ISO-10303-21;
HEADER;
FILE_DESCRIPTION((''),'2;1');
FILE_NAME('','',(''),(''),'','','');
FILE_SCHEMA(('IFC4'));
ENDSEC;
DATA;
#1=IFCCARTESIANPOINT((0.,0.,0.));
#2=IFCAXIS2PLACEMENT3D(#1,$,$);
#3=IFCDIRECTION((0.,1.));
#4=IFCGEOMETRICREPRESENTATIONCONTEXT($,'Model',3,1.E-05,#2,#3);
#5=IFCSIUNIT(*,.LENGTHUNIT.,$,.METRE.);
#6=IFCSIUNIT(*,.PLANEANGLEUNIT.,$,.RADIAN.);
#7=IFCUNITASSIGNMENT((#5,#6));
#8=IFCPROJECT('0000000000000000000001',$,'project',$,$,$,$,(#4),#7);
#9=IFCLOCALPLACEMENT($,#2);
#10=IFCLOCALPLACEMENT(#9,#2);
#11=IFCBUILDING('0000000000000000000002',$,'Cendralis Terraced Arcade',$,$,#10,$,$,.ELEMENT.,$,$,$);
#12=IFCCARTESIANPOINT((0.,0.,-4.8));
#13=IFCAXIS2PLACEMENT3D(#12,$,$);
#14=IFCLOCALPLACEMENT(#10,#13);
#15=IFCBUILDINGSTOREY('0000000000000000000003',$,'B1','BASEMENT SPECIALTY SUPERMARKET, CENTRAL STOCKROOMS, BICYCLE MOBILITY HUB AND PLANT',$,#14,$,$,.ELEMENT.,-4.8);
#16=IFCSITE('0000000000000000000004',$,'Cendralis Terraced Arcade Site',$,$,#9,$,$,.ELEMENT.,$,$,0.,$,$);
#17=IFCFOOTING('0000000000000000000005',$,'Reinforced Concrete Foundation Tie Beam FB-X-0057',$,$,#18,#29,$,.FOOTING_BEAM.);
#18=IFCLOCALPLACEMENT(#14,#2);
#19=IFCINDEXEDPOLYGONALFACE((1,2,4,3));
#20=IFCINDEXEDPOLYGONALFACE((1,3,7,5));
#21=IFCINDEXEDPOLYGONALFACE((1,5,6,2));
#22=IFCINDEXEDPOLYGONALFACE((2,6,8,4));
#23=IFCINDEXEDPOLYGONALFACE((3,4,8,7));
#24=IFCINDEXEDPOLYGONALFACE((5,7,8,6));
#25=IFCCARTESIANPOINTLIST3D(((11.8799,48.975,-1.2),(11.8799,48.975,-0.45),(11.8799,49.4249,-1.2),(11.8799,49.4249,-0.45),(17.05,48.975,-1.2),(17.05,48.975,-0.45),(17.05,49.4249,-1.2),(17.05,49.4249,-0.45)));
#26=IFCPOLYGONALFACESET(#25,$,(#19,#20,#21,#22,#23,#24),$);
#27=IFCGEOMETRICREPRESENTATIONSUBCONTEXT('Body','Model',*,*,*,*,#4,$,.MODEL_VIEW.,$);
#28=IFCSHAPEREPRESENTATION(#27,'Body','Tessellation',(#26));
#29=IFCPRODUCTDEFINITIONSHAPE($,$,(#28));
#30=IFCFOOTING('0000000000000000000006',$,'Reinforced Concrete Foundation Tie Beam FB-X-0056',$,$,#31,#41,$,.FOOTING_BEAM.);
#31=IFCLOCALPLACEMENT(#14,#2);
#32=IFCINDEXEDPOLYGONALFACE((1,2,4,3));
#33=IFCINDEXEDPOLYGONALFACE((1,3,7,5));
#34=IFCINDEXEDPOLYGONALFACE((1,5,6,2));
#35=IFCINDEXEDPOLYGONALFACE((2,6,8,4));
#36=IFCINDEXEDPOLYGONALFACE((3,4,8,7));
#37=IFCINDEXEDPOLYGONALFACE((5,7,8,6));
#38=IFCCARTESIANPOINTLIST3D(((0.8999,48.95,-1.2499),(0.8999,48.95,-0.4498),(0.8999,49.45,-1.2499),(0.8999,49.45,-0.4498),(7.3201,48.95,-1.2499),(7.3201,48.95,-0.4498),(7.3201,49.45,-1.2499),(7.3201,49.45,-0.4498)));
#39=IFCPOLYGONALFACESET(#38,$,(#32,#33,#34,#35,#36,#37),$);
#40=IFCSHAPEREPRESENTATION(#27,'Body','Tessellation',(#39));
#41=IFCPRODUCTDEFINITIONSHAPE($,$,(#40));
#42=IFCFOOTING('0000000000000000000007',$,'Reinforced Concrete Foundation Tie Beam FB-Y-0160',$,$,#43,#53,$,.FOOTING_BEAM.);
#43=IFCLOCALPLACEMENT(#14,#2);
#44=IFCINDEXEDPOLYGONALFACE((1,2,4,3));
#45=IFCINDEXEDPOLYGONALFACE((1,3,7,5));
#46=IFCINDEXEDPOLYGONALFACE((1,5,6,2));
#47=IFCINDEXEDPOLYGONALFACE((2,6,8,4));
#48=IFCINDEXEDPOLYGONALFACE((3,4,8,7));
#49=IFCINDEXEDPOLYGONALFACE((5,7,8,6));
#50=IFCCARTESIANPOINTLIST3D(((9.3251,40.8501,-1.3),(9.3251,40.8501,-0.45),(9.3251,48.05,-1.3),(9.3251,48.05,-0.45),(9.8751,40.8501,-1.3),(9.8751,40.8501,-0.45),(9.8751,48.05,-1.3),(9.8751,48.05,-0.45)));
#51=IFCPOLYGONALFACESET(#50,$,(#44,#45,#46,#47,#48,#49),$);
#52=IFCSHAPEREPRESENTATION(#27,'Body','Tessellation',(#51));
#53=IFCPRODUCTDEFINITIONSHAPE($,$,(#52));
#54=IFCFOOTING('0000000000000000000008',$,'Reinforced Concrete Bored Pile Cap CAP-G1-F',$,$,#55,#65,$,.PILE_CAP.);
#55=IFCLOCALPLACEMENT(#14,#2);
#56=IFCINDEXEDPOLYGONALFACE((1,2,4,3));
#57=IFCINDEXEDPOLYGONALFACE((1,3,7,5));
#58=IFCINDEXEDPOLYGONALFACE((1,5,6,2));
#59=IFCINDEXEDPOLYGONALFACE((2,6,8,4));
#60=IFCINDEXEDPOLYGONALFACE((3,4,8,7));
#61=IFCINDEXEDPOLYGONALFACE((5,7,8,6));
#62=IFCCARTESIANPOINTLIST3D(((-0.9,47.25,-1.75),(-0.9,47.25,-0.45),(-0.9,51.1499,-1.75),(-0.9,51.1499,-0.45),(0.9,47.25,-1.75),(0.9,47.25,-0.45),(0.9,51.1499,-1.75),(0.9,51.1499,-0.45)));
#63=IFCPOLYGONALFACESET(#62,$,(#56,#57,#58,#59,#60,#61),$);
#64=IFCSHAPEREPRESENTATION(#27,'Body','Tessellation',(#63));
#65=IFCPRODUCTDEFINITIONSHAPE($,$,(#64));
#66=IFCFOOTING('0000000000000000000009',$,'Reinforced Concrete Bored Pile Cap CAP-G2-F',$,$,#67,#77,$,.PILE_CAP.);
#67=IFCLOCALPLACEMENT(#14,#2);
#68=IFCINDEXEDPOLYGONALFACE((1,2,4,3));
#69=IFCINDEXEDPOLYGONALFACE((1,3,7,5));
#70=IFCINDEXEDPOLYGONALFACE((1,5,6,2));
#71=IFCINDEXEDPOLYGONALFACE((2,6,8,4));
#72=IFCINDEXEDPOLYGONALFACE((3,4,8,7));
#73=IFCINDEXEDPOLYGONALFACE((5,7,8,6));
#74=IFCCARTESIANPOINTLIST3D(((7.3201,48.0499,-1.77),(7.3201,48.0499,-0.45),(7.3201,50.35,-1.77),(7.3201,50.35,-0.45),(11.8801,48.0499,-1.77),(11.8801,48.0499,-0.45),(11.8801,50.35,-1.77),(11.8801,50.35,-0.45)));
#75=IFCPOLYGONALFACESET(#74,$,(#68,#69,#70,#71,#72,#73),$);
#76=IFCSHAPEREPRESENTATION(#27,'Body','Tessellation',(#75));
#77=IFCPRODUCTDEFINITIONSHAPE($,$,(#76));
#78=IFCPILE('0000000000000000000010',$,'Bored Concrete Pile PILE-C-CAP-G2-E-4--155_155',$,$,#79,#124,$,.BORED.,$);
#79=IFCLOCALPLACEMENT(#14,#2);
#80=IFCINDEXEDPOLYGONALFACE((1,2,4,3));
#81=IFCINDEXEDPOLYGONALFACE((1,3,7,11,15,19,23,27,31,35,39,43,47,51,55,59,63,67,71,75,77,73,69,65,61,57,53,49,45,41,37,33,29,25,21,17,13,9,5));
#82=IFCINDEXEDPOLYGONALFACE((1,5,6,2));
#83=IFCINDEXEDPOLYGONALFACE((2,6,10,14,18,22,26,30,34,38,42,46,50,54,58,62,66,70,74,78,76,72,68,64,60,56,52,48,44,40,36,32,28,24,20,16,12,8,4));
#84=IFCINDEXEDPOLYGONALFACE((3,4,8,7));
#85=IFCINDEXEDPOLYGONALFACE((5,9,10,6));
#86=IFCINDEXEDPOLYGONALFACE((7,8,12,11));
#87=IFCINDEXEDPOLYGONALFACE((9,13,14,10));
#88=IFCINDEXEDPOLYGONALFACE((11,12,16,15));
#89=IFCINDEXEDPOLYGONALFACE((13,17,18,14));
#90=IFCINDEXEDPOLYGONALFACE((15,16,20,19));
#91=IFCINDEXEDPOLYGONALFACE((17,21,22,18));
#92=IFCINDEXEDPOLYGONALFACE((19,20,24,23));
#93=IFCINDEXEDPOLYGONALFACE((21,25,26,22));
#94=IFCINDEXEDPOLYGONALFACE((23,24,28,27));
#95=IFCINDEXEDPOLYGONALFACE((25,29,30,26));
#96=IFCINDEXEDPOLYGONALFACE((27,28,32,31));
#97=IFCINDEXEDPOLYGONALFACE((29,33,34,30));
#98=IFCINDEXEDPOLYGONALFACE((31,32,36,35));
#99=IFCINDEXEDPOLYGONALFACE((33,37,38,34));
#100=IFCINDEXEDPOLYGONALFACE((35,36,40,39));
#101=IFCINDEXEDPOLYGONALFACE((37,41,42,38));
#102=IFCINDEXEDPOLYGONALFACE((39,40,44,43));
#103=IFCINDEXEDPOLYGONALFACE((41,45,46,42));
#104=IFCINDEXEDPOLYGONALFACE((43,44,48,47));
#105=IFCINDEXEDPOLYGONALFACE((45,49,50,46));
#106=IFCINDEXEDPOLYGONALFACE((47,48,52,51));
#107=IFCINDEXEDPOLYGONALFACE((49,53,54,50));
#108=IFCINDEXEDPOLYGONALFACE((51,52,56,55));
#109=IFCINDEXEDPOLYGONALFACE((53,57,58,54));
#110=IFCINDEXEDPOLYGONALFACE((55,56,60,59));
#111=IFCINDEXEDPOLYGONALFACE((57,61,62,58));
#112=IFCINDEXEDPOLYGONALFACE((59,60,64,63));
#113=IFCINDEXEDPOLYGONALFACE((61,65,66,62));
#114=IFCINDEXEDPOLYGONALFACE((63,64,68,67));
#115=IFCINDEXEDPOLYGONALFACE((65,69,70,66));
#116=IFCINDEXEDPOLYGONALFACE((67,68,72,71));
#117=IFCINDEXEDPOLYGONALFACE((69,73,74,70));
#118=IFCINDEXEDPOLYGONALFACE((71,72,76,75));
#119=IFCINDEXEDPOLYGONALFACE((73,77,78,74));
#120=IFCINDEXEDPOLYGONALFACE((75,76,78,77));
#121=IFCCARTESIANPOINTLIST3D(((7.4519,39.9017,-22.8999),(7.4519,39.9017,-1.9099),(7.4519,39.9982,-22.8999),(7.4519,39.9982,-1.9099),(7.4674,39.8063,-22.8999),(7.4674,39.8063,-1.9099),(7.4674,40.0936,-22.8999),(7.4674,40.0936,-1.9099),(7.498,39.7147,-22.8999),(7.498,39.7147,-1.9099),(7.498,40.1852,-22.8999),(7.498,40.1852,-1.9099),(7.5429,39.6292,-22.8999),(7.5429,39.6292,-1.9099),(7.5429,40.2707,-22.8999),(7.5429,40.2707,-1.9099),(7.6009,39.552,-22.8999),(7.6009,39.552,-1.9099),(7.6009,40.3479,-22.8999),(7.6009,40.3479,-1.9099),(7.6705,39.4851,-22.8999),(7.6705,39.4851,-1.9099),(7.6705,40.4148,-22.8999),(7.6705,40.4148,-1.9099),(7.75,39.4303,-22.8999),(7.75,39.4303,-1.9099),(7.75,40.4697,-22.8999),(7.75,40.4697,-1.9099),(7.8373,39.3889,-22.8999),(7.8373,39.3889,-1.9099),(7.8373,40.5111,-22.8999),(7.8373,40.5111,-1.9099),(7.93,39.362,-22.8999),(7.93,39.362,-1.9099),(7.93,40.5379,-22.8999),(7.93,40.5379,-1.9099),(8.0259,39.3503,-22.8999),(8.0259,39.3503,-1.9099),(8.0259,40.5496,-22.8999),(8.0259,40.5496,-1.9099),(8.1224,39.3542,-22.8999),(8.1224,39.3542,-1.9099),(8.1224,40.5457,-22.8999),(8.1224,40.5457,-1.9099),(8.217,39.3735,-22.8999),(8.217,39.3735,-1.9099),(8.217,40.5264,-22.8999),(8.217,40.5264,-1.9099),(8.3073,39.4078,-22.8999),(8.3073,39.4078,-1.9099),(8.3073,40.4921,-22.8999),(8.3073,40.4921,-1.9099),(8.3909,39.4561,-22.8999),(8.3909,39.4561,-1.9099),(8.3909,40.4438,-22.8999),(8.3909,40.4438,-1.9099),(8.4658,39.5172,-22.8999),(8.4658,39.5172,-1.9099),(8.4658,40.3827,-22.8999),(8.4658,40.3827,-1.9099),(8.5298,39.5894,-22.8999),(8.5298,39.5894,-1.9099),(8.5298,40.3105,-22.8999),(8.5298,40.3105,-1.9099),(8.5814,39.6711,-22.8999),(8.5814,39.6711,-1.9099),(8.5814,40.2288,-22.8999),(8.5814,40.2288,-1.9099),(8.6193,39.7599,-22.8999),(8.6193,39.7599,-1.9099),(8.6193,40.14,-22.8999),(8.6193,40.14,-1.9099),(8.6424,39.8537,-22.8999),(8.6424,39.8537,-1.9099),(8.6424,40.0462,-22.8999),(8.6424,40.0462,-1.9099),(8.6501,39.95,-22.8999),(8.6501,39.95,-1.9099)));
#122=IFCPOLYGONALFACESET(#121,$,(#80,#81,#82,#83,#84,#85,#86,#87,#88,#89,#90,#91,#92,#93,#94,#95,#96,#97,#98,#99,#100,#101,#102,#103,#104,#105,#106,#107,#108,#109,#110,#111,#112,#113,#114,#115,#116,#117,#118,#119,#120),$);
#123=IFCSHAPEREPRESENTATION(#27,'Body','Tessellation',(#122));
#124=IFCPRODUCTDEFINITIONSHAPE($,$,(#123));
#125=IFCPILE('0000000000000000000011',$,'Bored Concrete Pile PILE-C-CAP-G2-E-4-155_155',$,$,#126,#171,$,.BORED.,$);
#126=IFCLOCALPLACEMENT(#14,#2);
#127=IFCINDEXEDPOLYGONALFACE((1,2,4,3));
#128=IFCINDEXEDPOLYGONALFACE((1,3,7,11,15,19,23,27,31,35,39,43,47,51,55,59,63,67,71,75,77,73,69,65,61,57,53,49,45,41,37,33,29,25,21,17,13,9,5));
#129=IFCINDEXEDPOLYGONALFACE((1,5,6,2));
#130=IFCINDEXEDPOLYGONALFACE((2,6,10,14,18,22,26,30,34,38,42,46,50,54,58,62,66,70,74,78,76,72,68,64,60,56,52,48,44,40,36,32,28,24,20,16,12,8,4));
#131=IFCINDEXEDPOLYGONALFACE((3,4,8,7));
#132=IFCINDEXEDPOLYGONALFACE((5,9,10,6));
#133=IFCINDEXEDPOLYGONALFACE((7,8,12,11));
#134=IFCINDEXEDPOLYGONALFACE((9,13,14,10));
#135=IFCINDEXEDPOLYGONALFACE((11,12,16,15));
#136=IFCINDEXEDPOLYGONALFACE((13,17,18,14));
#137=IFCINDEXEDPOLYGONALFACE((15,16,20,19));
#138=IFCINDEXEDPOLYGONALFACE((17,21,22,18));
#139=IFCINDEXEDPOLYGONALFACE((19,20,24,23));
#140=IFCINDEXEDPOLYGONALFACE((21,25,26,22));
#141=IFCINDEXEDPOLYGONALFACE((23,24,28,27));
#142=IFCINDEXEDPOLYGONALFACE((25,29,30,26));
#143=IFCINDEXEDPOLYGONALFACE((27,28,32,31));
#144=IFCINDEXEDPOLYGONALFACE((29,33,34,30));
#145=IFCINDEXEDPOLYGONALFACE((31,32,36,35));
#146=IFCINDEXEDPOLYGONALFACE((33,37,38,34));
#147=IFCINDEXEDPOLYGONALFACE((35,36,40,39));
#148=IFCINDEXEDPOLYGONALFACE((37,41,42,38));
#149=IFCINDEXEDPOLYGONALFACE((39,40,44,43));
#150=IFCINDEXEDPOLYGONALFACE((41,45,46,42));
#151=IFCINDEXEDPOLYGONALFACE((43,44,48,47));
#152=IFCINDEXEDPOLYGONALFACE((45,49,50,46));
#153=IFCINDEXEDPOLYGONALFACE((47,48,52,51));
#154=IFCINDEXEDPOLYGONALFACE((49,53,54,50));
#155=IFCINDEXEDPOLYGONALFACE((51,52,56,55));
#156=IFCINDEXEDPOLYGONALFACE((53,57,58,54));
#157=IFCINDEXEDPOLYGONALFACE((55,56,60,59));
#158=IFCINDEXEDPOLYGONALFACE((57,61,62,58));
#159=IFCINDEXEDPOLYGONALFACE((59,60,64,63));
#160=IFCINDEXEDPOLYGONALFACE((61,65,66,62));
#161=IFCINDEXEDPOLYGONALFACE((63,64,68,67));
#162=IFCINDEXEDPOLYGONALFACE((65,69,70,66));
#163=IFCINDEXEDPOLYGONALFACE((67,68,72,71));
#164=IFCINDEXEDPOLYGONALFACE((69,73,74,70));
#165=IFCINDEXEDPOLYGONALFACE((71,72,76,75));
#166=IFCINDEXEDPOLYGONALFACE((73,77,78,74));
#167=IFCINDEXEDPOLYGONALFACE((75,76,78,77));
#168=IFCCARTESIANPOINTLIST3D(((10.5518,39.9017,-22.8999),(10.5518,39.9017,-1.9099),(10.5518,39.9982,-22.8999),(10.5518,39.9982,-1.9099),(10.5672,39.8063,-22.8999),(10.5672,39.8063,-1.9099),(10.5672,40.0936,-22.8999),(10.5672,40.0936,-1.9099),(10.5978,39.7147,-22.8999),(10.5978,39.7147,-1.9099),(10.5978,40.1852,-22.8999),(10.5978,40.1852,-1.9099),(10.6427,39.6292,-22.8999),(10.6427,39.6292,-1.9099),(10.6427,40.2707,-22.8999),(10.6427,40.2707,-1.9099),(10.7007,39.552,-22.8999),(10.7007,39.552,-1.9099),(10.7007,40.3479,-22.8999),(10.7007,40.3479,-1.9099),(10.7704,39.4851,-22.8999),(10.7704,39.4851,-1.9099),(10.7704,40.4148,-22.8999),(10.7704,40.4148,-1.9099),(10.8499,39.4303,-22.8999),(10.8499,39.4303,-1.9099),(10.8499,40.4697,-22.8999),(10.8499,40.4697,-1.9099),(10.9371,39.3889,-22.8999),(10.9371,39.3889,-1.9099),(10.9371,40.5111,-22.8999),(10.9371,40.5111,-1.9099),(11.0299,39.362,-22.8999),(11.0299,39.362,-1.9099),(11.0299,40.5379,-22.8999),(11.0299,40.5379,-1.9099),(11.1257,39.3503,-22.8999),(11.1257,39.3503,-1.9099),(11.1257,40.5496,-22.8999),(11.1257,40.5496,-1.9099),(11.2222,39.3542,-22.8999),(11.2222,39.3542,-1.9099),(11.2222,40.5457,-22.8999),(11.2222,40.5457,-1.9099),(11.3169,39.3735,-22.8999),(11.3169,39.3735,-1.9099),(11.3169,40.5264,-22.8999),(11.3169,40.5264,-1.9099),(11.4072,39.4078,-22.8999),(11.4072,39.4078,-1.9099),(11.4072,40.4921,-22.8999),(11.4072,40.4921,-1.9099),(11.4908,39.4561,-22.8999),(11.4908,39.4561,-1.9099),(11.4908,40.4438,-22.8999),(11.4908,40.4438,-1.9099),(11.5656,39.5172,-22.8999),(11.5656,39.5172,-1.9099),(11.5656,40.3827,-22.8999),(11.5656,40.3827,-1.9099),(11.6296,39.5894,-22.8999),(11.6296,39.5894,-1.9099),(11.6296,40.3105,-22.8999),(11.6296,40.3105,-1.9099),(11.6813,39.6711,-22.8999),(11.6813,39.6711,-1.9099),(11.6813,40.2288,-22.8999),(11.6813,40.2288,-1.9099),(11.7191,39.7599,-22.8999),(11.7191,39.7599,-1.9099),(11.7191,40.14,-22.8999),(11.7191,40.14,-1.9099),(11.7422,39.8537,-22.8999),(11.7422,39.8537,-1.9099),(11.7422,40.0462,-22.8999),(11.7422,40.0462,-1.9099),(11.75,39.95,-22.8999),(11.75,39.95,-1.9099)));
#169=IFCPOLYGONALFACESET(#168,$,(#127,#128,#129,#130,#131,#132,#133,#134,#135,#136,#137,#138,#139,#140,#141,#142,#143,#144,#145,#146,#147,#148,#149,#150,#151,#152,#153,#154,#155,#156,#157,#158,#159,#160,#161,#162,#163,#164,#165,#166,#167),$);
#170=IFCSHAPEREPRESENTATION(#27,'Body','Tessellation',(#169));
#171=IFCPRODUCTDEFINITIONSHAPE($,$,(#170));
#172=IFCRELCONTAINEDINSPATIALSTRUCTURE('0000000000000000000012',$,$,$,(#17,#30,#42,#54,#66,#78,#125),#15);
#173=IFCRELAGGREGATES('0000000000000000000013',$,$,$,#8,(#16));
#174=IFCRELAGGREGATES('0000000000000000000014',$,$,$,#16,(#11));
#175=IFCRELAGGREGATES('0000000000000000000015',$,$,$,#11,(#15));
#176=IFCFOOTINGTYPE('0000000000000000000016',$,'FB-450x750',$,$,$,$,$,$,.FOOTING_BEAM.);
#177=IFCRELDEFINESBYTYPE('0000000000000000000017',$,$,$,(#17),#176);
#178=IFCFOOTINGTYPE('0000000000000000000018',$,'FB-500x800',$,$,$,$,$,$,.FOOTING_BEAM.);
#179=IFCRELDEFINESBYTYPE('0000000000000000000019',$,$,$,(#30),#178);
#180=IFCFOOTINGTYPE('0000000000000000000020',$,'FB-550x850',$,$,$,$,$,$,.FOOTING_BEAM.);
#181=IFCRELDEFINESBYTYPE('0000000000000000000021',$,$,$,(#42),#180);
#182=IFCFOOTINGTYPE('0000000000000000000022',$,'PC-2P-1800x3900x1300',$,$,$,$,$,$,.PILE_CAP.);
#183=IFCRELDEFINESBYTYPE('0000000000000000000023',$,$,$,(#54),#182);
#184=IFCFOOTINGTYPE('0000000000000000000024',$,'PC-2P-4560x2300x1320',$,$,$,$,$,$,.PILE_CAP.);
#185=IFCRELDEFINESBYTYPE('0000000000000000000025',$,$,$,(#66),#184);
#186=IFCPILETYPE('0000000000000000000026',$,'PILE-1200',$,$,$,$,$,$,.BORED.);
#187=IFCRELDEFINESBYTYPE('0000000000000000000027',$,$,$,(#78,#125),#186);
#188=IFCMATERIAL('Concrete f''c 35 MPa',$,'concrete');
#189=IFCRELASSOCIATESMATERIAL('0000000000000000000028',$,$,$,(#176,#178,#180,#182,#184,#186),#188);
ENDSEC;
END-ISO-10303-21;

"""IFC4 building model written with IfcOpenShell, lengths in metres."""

from ifc_helpers import new_model, si_unit, direction, frame, origin, origin_2d, place, context, subcontext, project, spatial, rectangle, circle, extrude, material, material_profile, profile_set, type_object, element, save


model = new_model("IFC4")

# Units and contexts
model_context = context("Model", 3, precision=1e-05, world=origin(), true_north=direction((0.0, 1.0)))
body_context = subcontext(model_context, "Body", "Model", "MODEL_VIEW")
ifc_project = project(units=[si_unit("LENGTHUNIT", "METRE"), si_unit("PLANEANGLEUNIT", "RADIAN")], contexts=[model_context])

# Site, building, storey
site_placement = place(None, origin())
site = spatial("IfcSite", under=ifc_project, at=site_placement, Name="Cendralis Terraced Arcade Site", CompositionType="ELEMENT", RefElevation=0.0)
building_placement = place(site_placement, origin())
building = spatial("IfcBuilding", under=site, at=building_placement, Name="Cendralis Terraced Arcade", CompositionType="ELEMENT")
storey_placement = place(building_placement, frame((0.0, 0.0, -4.8)))
storey = spatial("IfcBuildingStorey", under=building, at=storey_placement, Name="B1", Description="BASEMENT SPECIALTY SUPERMARKET, CENTRAL STOCKROOMS, BICYCLE MOBILITY HUB AND PLANT", CompositionType="ELEMENT", Elevation=-4.8)

# Footings
ifc_material_1 = material(Name="Concrete f'c 35 MPa", Category="concrete")
ifc_material_profile_1 = material_profile(ifc_material_1, rectangle(XDim=0.45, YDim=0.75, at=origin_2d()), Name="FB-450x750", Category="LoadBearing")
ifc_profile_set_1 = profile_set([ifc_material_profile_1], Name="Concrete f'c 35 MPa")
footing_type_1 = type_object("IfcFootingType", Name="FB-450x750", PredefinedType="FOOTING_BEAM", material=ifc_profile_set_1)
footing_1_placement = place(storey_placement, frame((11.8799, 49.2, -0.825), z_axis=(1.0, 0.0, 0.0), x_axis=(0.0, 1.0, 0.0)))
element("IfcFooting", 1, at=footing_1_placement, inside=storey, type_object=footing_type_1, Name="Reinforced Concrete Foundation Tie Beam FB-X-0057", PredefinedType="FOOTING_BEAM", context=body_context, shape_type="SweptSolid", body=[
    extrude(rectangle(XDim=0.45, YDim=0.75, at=origin_2d()), origin(), (0.0, 0.0, 1.0), 5.1702),
])
ifc_material_profile_2 = material_profile(ifc_material_1, rectangle(XDim=0.5, YDim=0.8, at=origin_2d()), Name="FB-500x800", Category="LoadBearing")
ifc_profile_set_2 = profile_set([ifc_material_profile_2], Name="Concrete f'c 35 MPa")
footing_type_2 = type_object("IfcFootingType", Name="FB-500x800", PredefinedType="FOOTING_BEAM", material=ifc_profile_set_2)
footing_2_placement = place(storey_placement, frame((0.8999, 49.2, -0.8499), z_axis=(1.0, 0.0, 0.0), x_axis=(0.0, 1.0, 0.0)))
element("IfcFooting", 2, at=footing_2_placement, inside=storey, type_object=footing_type_2, Name="Reinforced Concrete Foundation Tie Beam FB-X-0056", PredefinedType="FOOTING_BEAM", context=body_context, shape_type="SweptSolid", body=[
    extrude(rectangle(XDim=0.5, YDim=0.8, at=origin_2d()), origin(), (0.0, 0.0, 1.0), 6.4202),
])
ifc_material_profile_3 = material_profile(ifc_material_1, rectangle(XDim=0.55, YDim=0.8501, at=origin_2d()), Name="FB-550x850", Category="LoadBearing")
ifc_profile_set_3 = profile_set([ifc_material_profile_3], Name="Concrete f'c 35 MPa")
footing_type_3 = type_object("IfcFootingType", Name="FB-550x850", PredefinedType="FOOTING_BEAM", material=ifc_profile_set_3)
footing_3_placement = place(storey_placement, frame((9.6001, 40.8501, -0.875), z_axis=(0.0, 1.0, 0.0), x_axis=(-1.0, 0.0, 0.0)))
element("IfcFooting", 3, at=footing_3_placement, inside=storey, type_object=footing_type_3, Name="Reinforced Concrete Foundation Tie Beam FB-Y-0160", PredefinedType="FOOTING_BEAM", context=body_context, shape_type="SweptSolid", body=[
    extrude(rectangle(XDim=0.55, YDim=0.8501, at=origin_2d()), origin(), (0.0, 0.0, 1.0), 7.2),
])
footing_type_4 = type_object("IfcFootingType", Name="PC-2P-1800x3900x1300", PredefinedType="PILE_CAP", material=ifc_material_1)
footing_4_placement = place(storey_placement, frame((0.0, 49.2, -1.75), z_axis=(0.0, 0.0, 1.0), x_axis=(1.0, 0.0, 0.0)))
element("IfcFooting", 4, at=footing_4_placement, inside=storey, type_object=footing_type_4, Name="Reinforced Concrete Bored Pile Cap CAP-G1-F", PredefinedType="PILE_CAP", context=body_context, shape_type="SweptSolid", body=[
    extrude(rectangle(XDim=1.8, YDim=3.8999, at=origin_2d()), origin(), (0.0, 0.0, 1.0), 1.3),
])
footing_type_5 = type_object("IfcFootingType", Name="PC-2P-4560x2300x1320", PredefinedType="PILE_CAP", material=ifc_material_1)
footing_5_placement = place(storey_placement, frame((9.6001, 49.2, -1.77), z_axis=(0.0, 0.0, 1.0), x_axis=(1.0, 0.0, 0.0)))
element("IfcFooting", 5, at=footing_5_placement, inside=storey, type_object=footing_type_5, Name="Reinforced Concrete Bored Pile Cap CAP-G2-F", PredefinedType="PILE_CAP", context=body_context, shape_type="SweptSolid", body=[
    extrude(rectangle(XDim=4.5601, YDim=2.3, at=origin_2d()), origin(), (0.0, 0.0, 1.0), 1.3201),
])

# Piles
ifc_material_profile_4 = material_profile(ifc_material_1, circle(Radius=0.6001, at=origin_2d()), Name="PILE-D1200", Category="LoadBearing")
ifc_profile_set_4 = profile_set([ifc_material_profile_4], Name="Concrete f'c 35 MPa")
pile_type_1 = type_object("IfcPileType", Name="PILE-1200", PredefinedType="BORED", material=ifc_profile_set_4)
for number, where, z_axis, x_axis, name in (
    (6, (8.05, 39.95, -1.9099), (0.0, 0.0, -1.0), (1.0, 0.0, 0.0), "Bored Concrete Pile PILE-C-CAP-G2-E-4--155_155"),
    (7, (11.1499, 39.95, -1.9099), (0.0, 0.0, -1.0), (1.0, 0.0, 0.0), "Bored Concrete Pile PILE-C-CAP-G2-E-4-155_155"),
):
    element("IfcPile", number, at=place(storey_placement, frame(where, z_axis=z_axis, x_axis=x_axis)), inside=storey, type_object=pile_type_1, Name=name, PredefinedType="BORED", context=body_context, shape_type="SweptSolid", body=[
        extrude(circle(Radius=0.6001, at=origin_2d()), origin(), (0.0, 0.0, 1.0), 20.99),
    ])

save(model, "model.ifc")
